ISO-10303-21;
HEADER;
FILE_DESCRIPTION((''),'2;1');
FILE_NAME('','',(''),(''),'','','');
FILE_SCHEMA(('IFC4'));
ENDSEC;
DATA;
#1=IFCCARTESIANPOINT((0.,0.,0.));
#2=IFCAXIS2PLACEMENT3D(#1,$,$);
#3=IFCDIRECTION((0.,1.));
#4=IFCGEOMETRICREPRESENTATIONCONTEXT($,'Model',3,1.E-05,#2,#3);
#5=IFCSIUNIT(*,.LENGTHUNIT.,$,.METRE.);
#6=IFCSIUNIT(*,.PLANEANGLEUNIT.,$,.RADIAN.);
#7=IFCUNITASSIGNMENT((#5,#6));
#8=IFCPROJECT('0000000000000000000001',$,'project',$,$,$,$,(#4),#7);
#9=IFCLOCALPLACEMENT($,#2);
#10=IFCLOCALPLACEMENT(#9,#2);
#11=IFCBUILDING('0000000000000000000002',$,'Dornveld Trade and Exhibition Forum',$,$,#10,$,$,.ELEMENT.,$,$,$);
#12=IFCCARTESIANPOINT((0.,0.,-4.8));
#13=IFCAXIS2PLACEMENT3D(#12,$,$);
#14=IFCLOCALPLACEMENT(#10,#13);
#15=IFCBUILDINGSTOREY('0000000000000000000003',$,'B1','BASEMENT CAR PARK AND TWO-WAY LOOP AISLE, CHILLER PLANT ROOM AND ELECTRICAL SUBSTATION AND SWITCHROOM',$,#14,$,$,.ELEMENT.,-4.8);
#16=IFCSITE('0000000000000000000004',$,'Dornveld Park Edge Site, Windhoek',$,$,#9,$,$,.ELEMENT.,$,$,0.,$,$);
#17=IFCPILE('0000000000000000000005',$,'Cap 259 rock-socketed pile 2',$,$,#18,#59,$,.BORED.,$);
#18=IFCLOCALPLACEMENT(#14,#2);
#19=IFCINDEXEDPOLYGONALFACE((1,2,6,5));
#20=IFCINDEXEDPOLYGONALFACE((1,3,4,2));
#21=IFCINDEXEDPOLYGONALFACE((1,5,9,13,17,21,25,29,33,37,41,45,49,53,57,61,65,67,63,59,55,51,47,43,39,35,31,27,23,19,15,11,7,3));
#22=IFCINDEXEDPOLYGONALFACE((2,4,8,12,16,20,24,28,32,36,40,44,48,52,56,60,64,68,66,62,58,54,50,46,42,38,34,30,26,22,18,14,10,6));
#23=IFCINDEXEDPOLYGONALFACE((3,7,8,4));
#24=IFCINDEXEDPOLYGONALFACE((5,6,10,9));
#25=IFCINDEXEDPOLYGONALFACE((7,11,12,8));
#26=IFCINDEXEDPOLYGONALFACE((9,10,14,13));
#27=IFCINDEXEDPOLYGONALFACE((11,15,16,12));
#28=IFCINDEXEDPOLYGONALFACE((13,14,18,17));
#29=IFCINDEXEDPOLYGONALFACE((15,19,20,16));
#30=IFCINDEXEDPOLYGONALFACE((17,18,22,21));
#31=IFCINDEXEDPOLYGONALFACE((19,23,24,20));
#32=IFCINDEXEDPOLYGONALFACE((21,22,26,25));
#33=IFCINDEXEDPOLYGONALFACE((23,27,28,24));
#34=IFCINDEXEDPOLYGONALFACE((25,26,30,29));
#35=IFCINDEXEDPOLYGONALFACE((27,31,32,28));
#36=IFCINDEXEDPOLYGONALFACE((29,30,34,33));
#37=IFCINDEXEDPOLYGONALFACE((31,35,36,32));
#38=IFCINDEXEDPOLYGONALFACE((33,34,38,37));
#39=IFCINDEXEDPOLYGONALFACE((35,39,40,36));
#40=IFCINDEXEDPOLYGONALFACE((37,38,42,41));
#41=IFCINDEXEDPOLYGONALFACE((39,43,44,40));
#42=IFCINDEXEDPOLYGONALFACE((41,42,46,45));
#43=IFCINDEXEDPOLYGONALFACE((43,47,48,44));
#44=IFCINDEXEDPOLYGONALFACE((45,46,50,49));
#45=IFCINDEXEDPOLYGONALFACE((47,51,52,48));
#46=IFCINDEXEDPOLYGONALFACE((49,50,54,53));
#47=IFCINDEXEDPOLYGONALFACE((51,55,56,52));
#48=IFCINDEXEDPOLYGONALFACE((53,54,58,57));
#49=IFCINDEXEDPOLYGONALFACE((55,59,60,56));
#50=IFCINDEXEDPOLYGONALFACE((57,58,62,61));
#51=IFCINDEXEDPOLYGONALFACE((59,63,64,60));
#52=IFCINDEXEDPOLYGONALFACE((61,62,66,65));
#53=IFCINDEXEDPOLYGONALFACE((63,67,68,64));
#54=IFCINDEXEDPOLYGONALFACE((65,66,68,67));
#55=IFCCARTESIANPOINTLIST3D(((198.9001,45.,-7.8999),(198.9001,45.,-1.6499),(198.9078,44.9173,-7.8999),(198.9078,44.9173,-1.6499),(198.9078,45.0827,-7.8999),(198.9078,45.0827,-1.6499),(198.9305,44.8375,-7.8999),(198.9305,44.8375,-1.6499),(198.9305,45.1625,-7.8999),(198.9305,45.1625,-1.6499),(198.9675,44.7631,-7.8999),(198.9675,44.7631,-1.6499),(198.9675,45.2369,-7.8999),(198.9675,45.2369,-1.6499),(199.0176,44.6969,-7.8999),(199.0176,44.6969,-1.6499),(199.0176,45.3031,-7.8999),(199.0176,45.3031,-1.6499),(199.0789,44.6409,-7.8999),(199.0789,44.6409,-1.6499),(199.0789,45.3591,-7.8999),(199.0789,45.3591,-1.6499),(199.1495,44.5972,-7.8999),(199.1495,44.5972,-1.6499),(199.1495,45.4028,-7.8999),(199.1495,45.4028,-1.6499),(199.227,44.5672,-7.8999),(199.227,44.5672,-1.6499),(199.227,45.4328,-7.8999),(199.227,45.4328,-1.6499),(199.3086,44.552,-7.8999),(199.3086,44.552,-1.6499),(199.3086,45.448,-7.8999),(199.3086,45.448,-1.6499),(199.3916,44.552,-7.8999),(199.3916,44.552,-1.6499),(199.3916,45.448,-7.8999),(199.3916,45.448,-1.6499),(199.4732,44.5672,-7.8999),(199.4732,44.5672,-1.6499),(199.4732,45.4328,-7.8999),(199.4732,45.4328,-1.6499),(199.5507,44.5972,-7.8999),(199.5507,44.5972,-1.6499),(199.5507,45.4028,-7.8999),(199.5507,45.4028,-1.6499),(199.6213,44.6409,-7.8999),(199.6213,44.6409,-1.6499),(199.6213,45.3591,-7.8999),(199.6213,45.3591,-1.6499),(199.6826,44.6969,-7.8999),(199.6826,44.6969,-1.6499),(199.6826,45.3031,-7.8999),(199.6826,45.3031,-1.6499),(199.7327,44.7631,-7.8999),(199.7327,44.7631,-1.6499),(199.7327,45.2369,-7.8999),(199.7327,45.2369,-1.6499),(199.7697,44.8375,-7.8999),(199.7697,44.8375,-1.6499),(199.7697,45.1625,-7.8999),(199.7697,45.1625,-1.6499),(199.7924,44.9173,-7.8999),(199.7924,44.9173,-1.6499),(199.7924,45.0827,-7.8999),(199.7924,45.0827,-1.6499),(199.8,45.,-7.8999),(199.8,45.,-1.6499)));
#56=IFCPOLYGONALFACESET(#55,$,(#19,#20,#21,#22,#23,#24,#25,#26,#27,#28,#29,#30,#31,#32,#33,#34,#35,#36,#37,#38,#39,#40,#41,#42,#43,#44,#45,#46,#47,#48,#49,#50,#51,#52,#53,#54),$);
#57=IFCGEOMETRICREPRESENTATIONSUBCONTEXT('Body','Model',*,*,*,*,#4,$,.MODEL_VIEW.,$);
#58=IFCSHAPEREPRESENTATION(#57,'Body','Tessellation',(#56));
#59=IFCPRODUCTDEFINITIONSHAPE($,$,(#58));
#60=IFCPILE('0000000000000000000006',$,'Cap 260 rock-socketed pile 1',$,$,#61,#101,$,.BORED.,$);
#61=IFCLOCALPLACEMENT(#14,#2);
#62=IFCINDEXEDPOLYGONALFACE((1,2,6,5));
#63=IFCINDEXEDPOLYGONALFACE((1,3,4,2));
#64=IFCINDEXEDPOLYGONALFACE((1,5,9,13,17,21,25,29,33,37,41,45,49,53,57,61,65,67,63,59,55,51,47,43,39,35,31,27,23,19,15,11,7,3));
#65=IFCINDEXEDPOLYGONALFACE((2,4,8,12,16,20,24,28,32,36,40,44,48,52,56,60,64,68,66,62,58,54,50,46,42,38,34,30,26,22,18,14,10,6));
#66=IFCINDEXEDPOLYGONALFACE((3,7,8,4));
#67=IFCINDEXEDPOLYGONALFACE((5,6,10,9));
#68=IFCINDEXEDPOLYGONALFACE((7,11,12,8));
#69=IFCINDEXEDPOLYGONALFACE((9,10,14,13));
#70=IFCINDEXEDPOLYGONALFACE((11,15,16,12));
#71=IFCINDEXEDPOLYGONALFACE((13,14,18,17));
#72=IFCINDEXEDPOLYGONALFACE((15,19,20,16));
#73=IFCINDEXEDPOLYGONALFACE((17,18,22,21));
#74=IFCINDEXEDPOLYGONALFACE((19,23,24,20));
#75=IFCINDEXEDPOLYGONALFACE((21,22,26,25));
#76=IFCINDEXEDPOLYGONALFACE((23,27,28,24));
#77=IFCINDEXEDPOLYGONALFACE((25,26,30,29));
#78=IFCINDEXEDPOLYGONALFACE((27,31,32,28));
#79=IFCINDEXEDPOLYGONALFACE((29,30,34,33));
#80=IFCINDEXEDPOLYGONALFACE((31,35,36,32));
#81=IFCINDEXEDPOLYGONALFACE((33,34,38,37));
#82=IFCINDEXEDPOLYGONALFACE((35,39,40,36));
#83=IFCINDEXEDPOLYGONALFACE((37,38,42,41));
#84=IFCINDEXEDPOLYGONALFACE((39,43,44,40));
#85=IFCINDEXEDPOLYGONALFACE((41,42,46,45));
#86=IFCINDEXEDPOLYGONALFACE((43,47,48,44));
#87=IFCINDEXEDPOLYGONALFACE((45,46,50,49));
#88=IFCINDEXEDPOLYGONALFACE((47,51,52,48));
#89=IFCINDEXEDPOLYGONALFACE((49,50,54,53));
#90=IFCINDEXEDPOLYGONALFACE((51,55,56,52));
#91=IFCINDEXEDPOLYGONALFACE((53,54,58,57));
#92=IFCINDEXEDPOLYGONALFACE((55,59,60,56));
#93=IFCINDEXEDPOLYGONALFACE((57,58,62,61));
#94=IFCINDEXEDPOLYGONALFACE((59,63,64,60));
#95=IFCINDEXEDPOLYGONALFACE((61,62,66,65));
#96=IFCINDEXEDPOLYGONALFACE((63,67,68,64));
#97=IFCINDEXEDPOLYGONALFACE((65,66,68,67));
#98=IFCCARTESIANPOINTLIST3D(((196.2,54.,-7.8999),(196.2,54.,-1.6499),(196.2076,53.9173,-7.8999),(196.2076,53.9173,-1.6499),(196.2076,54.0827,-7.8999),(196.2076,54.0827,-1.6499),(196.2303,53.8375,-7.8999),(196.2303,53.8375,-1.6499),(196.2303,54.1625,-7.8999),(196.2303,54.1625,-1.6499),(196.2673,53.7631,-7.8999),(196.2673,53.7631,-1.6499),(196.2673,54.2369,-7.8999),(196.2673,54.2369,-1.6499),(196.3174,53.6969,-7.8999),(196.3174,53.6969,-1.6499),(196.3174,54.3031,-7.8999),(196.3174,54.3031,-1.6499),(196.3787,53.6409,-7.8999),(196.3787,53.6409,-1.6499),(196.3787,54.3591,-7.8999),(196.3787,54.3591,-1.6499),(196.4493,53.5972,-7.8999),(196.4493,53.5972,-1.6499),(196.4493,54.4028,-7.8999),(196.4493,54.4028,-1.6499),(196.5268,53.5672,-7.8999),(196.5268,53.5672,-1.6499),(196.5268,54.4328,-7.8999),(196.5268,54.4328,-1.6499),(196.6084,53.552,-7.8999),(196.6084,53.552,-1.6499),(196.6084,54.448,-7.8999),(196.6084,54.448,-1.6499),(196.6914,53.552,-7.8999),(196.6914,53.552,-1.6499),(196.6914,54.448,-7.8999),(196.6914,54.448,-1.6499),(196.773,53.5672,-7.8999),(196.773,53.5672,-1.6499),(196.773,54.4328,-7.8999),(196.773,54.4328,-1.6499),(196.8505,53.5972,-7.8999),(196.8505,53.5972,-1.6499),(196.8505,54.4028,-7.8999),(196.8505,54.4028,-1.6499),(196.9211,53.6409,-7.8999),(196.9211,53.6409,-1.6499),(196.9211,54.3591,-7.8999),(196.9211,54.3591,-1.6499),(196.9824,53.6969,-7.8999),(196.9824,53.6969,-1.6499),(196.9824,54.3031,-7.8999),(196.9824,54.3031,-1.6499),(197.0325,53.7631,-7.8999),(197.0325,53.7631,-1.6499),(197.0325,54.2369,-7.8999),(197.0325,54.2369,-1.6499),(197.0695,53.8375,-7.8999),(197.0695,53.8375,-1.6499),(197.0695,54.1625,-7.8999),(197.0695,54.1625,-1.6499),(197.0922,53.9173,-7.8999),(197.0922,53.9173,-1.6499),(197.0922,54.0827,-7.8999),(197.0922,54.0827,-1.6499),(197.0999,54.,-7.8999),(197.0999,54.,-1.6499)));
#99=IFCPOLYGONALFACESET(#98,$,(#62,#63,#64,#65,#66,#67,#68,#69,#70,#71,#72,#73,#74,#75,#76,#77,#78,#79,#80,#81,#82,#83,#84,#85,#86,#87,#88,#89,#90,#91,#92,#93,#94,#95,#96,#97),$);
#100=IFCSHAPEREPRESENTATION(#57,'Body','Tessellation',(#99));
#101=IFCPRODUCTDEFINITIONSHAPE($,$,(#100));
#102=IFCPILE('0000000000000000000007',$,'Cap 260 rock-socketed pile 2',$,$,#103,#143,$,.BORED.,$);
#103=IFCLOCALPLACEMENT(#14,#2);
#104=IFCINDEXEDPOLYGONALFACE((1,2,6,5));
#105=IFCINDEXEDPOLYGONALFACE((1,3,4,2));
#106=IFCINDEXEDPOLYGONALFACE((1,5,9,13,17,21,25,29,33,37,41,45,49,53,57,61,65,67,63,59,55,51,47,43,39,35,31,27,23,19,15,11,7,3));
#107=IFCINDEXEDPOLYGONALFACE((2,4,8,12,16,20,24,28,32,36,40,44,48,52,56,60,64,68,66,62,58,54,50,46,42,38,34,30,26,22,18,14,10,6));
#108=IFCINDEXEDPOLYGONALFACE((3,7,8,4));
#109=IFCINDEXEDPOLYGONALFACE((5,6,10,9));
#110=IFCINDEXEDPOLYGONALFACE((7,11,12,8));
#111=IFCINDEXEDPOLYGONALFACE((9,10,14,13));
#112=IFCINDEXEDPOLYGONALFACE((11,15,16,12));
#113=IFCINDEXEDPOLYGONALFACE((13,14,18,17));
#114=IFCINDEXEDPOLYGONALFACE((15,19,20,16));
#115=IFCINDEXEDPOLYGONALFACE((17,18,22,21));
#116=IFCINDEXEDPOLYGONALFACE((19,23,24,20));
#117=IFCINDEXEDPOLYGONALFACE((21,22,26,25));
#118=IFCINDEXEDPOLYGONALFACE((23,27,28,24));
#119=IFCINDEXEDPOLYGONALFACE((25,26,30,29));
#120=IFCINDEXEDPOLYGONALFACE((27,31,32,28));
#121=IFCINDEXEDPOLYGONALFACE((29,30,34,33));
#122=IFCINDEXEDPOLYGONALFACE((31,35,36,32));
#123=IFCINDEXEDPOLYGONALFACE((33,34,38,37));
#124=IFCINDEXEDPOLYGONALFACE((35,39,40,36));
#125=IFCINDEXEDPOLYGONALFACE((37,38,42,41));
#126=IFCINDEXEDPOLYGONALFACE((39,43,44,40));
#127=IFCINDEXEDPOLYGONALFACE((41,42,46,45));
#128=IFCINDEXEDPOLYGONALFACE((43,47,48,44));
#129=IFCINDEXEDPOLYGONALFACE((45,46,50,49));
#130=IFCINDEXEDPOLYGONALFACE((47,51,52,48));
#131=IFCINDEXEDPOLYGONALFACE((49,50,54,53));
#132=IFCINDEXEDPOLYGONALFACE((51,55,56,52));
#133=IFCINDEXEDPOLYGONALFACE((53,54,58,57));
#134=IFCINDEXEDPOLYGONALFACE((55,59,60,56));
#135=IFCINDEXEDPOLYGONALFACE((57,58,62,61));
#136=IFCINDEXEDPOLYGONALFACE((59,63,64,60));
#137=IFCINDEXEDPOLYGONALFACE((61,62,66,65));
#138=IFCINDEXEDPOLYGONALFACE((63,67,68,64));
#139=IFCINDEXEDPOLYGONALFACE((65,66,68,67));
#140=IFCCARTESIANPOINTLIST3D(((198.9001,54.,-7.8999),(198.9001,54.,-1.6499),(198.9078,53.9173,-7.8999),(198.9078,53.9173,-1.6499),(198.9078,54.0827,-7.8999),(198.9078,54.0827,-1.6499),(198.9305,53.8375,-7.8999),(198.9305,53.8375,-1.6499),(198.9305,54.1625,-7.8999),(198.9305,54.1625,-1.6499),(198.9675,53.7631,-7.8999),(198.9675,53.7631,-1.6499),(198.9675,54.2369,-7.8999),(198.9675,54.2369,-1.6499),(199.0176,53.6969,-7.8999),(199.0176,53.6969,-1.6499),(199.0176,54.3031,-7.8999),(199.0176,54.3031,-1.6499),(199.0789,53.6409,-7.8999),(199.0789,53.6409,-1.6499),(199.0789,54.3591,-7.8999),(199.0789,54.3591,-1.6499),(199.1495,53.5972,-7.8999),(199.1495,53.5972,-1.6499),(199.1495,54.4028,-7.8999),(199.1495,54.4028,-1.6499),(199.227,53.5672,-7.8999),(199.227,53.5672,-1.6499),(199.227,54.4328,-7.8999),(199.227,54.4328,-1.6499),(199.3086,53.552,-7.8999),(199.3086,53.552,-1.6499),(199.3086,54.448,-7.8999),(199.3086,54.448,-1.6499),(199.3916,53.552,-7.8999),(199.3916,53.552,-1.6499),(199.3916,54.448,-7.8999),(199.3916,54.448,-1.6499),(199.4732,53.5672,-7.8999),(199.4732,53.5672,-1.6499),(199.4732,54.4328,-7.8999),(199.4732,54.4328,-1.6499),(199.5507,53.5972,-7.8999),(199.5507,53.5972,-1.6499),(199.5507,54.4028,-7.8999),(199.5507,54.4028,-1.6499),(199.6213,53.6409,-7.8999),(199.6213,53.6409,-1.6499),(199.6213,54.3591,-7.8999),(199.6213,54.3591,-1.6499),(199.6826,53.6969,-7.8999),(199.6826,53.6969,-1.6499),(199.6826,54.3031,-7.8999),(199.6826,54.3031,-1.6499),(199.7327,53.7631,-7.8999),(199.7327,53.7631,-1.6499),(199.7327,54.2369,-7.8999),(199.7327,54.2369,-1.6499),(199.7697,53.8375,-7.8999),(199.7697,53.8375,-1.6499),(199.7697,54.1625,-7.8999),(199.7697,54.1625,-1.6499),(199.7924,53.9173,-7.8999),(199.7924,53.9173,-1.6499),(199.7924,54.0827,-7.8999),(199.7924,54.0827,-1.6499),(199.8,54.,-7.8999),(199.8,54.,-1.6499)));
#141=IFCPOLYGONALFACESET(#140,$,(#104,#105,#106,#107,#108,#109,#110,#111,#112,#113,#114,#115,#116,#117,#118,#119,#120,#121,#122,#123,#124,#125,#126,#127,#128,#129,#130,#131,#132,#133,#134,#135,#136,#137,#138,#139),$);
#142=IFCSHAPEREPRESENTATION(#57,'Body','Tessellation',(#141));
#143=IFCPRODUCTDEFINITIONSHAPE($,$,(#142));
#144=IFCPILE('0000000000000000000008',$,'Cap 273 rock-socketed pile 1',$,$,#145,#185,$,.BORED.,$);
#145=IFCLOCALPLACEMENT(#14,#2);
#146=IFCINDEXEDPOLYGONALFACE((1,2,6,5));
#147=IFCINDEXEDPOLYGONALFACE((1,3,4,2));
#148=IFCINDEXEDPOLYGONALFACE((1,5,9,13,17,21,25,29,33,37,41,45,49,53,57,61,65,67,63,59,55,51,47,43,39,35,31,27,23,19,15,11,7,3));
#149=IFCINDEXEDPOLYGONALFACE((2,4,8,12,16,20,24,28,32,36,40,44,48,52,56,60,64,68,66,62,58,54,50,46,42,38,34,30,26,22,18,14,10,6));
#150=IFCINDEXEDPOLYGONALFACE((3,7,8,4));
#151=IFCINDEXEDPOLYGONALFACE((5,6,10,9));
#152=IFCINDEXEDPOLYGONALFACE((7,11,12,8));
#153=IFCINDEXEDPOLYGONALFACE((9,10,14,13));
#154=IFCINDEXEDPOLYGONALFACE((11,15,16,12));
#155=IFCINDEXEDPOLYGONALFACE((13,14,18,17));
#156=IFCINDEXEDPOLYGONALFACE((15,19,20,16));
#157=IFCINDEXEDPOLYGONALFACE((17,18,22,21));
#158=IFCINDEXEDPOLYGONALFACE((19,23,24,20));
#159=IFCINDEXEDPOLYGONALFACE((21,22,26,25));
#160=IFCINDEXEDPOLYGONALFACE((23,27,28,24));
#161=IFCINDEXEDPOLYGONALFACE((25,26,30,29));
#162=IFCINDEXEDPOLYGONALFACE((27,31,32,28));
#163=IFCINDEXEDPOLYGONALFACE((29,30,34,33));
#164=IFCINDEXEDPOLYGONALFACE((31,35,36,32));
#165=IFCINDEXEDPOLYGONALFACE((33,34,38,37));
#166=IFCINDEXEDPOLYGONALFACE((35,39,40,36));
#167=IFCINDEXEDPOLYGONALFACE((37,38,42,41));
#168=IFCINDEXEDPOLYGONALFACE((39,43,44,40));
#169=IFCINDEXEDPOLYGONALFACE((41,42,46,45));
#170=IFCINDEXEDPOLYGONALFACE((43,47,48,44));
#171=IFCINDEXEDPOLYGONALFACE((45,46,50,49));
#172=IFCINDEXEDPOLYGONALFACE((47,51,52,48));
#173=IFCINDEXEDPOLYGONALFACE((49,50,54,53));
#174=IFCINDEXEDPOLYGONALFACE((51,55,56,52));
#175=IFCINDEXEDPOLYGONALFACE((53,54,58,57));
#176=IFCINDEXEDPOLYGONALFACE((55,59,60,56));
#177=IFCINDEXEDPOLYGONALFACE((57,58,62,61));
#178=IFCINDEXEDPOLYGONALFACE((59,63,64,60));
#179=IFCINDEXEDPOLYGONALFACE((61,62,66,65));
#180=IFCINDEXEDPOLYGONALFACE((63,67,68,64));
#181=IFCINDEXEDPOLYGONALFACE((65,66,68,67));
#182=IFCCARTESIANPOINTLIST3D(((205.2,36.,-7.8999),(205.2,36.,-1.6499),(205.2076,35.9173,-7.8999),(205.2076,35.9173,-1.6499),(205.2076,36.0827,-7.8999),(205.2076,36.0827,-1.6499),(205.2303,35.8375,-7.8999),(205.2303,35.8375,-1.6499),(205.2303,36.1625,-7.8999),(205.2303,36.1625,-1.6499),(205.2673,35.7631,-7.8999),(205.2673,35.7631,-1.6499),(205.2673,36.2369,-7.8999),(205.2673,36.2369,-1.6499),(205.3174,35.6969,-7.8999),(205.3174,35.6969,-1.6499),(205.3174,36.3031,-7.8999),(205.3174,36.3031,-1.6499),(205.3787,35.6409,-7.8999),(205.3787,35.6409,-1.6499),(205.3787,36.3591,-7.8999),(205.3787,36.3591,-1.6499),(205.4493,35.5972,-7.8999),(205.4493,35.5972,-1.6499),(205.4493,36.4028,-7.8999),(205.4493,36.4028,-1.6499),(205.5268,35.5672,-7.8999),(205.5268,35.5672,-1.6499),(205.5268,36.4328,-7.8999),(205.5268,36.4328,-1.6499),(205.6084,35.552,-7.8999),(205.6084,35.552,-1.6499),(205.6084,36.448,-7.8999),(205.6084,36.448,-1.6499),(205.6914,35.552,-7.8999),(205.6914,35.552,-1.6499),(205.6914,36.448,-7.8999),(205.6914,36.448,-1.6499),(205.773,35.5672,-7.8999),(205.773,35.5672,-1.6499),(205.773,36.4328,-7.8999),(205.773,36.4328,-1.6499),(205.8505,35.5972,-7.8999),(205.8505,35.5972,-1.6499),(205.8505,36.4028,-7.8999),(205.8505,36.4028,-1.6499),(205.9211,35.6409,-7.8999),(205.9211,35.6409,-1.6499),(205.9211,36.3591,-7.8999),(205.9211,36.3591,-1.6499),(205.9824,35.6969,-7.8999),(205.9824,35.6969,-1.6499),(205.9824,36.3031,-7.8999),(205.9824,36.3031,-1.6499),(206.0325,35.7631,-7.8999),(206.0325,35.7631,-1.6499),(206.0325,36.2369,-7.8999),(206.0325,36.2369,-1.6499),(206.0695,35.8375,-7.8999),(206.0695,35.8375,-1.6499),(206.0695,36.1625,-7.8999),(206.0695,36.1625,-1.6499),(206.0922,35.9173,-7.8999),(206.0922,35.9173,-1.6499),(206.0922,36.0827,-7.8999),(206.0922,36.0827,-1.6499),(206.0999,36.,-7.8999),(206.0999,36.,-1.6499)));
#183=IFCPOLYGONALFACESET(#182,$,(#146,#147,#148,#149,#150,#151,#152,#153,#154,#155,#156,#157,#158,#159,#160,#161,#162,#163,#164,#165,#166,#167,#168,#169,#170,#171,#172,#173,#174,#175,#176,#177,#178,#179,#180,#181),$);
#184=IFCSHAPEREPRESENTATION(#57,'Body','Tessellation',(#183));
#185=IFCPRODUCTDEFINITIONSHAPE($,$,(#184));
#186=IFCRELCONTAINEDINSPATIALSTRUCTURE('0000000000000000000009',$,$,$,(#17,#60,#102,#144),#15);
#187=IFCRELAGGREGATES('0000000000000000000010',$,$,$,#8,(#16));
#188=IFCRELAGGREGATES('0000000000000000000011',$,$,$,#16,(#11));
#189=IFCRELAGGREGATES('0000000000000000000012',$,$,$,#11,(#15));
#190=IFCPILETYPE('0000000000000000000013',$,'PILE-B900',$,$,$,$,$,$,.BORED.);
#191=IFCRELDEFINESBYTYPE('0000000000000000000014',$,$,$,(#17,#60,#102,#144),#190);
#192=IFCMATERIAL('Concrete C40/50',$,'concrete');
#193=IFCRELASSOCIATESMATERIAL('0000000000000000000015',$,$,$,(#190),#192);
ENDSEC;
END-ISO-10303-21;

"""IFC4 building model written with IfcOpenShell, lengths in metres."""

from ifc_helpers import new_model, si_unit, direction, frame, origin, origin_2d, place, context, subcontext, project, spatial, circle, extrude, material, material_profile, profile_set, type_object, element, save


model = new_model("IFC4")

# Units and contexts
model_context = context("Model", 3, precision=1e-05, world=origin(), true_north=direction((0.0, 1.0)))
body_context = subcontext(model_context, "Body", "Model", "MODEL_VIEW")
ifc_project = project(units=[si_unit("LENGTHUNIT", "METRE"), si_unit("PLANEANGLEUNIT", "RADIAN")], contexts=[model_context])

# Site, building, storey
site_placement = place(None, origin())
site = spatial("IfcSite", under=ifc_project, at=site_placement, Name="Dornveld Park Edge Site, Windhoek", CompositionType="ELEMENT", RefElevation=0.0)
building_placement = place(site_placement, origin())
building = spatial("IfcBuilding", under=site, at=building_placement, Name="Dornveld Trade and Exhibition Forum", CompositionType="ELEMENT")
storey_placement = place(building_placement, frame((0.0, 0.0, -4.8)))
storey = spatial("IfcBuildingStorey", under=building, at=storey_placement, Name="B1", Description="BASEMENT CAR PARK AND TWO-WAY LOOP AISLE, CHILLER PLANT ROOM AND ELECTRICAL SUBSTATION AND SWITCHROOM", CompositionType="ELEMENT", Elevation=-4.8)

# Piles
ifc_material_1 = material(Name="Concrete C40/50", Category="concrete")
ifc_material_profile_1 = material_profile(ifc_material_1, circle(Radius=0.45, at=origin_2d()), Name="PILE D900")
ifc_profile_set_1 = profile_set([ifc_material_profile_1], Name="Concrete C40/50")
pile_type = type_object("IfcPileType", Name="PILE-B900", PredefinedType="BORED", material=ifc_profile_set_1)
for number, where, z_axis, x_axis, name in (
    (1, (199.3501, 45.0, -1.6499), (0.0, 0.0, -1.0), (1.0, 0.0, 0.0), "Cap 259 rock-socketed pile 2"),
    (2, (196.6499, 54.0, -1.6499), (0.0, 0.0, -1.0), (1.0, 0.0, 0.0), "Cap 260 rock-socketed pile 1"),
    (3, (199.3501, 54.0, -1.6499), (0.0, 0.0, -1.0), (1.0, 0.0, 0.0), "Cap 260 rock-socketed pile 2"),
    (4, (205.6499, 36.0, -1.6499), (0.0, 0.0, -1.0), (1.0, 0.0, 0.0), "Cap 273 rock-socketed pile 1"),
):
    element("IfcPile", number, at=place(storey_placement, frame(where, z_axis=z_axis, x_axis=x_axis)), inside=storey, type_object=pile_type, Name=name, PredefinedType="BORED", context=body_context, shape_type="SweptSolid", body=[
        extrude(circle(Radius=0.45, at=origin_2d()), origin(), (0.0, 0.0, 1.0), 6.25),
    ])

save(model, "model.ifc")
